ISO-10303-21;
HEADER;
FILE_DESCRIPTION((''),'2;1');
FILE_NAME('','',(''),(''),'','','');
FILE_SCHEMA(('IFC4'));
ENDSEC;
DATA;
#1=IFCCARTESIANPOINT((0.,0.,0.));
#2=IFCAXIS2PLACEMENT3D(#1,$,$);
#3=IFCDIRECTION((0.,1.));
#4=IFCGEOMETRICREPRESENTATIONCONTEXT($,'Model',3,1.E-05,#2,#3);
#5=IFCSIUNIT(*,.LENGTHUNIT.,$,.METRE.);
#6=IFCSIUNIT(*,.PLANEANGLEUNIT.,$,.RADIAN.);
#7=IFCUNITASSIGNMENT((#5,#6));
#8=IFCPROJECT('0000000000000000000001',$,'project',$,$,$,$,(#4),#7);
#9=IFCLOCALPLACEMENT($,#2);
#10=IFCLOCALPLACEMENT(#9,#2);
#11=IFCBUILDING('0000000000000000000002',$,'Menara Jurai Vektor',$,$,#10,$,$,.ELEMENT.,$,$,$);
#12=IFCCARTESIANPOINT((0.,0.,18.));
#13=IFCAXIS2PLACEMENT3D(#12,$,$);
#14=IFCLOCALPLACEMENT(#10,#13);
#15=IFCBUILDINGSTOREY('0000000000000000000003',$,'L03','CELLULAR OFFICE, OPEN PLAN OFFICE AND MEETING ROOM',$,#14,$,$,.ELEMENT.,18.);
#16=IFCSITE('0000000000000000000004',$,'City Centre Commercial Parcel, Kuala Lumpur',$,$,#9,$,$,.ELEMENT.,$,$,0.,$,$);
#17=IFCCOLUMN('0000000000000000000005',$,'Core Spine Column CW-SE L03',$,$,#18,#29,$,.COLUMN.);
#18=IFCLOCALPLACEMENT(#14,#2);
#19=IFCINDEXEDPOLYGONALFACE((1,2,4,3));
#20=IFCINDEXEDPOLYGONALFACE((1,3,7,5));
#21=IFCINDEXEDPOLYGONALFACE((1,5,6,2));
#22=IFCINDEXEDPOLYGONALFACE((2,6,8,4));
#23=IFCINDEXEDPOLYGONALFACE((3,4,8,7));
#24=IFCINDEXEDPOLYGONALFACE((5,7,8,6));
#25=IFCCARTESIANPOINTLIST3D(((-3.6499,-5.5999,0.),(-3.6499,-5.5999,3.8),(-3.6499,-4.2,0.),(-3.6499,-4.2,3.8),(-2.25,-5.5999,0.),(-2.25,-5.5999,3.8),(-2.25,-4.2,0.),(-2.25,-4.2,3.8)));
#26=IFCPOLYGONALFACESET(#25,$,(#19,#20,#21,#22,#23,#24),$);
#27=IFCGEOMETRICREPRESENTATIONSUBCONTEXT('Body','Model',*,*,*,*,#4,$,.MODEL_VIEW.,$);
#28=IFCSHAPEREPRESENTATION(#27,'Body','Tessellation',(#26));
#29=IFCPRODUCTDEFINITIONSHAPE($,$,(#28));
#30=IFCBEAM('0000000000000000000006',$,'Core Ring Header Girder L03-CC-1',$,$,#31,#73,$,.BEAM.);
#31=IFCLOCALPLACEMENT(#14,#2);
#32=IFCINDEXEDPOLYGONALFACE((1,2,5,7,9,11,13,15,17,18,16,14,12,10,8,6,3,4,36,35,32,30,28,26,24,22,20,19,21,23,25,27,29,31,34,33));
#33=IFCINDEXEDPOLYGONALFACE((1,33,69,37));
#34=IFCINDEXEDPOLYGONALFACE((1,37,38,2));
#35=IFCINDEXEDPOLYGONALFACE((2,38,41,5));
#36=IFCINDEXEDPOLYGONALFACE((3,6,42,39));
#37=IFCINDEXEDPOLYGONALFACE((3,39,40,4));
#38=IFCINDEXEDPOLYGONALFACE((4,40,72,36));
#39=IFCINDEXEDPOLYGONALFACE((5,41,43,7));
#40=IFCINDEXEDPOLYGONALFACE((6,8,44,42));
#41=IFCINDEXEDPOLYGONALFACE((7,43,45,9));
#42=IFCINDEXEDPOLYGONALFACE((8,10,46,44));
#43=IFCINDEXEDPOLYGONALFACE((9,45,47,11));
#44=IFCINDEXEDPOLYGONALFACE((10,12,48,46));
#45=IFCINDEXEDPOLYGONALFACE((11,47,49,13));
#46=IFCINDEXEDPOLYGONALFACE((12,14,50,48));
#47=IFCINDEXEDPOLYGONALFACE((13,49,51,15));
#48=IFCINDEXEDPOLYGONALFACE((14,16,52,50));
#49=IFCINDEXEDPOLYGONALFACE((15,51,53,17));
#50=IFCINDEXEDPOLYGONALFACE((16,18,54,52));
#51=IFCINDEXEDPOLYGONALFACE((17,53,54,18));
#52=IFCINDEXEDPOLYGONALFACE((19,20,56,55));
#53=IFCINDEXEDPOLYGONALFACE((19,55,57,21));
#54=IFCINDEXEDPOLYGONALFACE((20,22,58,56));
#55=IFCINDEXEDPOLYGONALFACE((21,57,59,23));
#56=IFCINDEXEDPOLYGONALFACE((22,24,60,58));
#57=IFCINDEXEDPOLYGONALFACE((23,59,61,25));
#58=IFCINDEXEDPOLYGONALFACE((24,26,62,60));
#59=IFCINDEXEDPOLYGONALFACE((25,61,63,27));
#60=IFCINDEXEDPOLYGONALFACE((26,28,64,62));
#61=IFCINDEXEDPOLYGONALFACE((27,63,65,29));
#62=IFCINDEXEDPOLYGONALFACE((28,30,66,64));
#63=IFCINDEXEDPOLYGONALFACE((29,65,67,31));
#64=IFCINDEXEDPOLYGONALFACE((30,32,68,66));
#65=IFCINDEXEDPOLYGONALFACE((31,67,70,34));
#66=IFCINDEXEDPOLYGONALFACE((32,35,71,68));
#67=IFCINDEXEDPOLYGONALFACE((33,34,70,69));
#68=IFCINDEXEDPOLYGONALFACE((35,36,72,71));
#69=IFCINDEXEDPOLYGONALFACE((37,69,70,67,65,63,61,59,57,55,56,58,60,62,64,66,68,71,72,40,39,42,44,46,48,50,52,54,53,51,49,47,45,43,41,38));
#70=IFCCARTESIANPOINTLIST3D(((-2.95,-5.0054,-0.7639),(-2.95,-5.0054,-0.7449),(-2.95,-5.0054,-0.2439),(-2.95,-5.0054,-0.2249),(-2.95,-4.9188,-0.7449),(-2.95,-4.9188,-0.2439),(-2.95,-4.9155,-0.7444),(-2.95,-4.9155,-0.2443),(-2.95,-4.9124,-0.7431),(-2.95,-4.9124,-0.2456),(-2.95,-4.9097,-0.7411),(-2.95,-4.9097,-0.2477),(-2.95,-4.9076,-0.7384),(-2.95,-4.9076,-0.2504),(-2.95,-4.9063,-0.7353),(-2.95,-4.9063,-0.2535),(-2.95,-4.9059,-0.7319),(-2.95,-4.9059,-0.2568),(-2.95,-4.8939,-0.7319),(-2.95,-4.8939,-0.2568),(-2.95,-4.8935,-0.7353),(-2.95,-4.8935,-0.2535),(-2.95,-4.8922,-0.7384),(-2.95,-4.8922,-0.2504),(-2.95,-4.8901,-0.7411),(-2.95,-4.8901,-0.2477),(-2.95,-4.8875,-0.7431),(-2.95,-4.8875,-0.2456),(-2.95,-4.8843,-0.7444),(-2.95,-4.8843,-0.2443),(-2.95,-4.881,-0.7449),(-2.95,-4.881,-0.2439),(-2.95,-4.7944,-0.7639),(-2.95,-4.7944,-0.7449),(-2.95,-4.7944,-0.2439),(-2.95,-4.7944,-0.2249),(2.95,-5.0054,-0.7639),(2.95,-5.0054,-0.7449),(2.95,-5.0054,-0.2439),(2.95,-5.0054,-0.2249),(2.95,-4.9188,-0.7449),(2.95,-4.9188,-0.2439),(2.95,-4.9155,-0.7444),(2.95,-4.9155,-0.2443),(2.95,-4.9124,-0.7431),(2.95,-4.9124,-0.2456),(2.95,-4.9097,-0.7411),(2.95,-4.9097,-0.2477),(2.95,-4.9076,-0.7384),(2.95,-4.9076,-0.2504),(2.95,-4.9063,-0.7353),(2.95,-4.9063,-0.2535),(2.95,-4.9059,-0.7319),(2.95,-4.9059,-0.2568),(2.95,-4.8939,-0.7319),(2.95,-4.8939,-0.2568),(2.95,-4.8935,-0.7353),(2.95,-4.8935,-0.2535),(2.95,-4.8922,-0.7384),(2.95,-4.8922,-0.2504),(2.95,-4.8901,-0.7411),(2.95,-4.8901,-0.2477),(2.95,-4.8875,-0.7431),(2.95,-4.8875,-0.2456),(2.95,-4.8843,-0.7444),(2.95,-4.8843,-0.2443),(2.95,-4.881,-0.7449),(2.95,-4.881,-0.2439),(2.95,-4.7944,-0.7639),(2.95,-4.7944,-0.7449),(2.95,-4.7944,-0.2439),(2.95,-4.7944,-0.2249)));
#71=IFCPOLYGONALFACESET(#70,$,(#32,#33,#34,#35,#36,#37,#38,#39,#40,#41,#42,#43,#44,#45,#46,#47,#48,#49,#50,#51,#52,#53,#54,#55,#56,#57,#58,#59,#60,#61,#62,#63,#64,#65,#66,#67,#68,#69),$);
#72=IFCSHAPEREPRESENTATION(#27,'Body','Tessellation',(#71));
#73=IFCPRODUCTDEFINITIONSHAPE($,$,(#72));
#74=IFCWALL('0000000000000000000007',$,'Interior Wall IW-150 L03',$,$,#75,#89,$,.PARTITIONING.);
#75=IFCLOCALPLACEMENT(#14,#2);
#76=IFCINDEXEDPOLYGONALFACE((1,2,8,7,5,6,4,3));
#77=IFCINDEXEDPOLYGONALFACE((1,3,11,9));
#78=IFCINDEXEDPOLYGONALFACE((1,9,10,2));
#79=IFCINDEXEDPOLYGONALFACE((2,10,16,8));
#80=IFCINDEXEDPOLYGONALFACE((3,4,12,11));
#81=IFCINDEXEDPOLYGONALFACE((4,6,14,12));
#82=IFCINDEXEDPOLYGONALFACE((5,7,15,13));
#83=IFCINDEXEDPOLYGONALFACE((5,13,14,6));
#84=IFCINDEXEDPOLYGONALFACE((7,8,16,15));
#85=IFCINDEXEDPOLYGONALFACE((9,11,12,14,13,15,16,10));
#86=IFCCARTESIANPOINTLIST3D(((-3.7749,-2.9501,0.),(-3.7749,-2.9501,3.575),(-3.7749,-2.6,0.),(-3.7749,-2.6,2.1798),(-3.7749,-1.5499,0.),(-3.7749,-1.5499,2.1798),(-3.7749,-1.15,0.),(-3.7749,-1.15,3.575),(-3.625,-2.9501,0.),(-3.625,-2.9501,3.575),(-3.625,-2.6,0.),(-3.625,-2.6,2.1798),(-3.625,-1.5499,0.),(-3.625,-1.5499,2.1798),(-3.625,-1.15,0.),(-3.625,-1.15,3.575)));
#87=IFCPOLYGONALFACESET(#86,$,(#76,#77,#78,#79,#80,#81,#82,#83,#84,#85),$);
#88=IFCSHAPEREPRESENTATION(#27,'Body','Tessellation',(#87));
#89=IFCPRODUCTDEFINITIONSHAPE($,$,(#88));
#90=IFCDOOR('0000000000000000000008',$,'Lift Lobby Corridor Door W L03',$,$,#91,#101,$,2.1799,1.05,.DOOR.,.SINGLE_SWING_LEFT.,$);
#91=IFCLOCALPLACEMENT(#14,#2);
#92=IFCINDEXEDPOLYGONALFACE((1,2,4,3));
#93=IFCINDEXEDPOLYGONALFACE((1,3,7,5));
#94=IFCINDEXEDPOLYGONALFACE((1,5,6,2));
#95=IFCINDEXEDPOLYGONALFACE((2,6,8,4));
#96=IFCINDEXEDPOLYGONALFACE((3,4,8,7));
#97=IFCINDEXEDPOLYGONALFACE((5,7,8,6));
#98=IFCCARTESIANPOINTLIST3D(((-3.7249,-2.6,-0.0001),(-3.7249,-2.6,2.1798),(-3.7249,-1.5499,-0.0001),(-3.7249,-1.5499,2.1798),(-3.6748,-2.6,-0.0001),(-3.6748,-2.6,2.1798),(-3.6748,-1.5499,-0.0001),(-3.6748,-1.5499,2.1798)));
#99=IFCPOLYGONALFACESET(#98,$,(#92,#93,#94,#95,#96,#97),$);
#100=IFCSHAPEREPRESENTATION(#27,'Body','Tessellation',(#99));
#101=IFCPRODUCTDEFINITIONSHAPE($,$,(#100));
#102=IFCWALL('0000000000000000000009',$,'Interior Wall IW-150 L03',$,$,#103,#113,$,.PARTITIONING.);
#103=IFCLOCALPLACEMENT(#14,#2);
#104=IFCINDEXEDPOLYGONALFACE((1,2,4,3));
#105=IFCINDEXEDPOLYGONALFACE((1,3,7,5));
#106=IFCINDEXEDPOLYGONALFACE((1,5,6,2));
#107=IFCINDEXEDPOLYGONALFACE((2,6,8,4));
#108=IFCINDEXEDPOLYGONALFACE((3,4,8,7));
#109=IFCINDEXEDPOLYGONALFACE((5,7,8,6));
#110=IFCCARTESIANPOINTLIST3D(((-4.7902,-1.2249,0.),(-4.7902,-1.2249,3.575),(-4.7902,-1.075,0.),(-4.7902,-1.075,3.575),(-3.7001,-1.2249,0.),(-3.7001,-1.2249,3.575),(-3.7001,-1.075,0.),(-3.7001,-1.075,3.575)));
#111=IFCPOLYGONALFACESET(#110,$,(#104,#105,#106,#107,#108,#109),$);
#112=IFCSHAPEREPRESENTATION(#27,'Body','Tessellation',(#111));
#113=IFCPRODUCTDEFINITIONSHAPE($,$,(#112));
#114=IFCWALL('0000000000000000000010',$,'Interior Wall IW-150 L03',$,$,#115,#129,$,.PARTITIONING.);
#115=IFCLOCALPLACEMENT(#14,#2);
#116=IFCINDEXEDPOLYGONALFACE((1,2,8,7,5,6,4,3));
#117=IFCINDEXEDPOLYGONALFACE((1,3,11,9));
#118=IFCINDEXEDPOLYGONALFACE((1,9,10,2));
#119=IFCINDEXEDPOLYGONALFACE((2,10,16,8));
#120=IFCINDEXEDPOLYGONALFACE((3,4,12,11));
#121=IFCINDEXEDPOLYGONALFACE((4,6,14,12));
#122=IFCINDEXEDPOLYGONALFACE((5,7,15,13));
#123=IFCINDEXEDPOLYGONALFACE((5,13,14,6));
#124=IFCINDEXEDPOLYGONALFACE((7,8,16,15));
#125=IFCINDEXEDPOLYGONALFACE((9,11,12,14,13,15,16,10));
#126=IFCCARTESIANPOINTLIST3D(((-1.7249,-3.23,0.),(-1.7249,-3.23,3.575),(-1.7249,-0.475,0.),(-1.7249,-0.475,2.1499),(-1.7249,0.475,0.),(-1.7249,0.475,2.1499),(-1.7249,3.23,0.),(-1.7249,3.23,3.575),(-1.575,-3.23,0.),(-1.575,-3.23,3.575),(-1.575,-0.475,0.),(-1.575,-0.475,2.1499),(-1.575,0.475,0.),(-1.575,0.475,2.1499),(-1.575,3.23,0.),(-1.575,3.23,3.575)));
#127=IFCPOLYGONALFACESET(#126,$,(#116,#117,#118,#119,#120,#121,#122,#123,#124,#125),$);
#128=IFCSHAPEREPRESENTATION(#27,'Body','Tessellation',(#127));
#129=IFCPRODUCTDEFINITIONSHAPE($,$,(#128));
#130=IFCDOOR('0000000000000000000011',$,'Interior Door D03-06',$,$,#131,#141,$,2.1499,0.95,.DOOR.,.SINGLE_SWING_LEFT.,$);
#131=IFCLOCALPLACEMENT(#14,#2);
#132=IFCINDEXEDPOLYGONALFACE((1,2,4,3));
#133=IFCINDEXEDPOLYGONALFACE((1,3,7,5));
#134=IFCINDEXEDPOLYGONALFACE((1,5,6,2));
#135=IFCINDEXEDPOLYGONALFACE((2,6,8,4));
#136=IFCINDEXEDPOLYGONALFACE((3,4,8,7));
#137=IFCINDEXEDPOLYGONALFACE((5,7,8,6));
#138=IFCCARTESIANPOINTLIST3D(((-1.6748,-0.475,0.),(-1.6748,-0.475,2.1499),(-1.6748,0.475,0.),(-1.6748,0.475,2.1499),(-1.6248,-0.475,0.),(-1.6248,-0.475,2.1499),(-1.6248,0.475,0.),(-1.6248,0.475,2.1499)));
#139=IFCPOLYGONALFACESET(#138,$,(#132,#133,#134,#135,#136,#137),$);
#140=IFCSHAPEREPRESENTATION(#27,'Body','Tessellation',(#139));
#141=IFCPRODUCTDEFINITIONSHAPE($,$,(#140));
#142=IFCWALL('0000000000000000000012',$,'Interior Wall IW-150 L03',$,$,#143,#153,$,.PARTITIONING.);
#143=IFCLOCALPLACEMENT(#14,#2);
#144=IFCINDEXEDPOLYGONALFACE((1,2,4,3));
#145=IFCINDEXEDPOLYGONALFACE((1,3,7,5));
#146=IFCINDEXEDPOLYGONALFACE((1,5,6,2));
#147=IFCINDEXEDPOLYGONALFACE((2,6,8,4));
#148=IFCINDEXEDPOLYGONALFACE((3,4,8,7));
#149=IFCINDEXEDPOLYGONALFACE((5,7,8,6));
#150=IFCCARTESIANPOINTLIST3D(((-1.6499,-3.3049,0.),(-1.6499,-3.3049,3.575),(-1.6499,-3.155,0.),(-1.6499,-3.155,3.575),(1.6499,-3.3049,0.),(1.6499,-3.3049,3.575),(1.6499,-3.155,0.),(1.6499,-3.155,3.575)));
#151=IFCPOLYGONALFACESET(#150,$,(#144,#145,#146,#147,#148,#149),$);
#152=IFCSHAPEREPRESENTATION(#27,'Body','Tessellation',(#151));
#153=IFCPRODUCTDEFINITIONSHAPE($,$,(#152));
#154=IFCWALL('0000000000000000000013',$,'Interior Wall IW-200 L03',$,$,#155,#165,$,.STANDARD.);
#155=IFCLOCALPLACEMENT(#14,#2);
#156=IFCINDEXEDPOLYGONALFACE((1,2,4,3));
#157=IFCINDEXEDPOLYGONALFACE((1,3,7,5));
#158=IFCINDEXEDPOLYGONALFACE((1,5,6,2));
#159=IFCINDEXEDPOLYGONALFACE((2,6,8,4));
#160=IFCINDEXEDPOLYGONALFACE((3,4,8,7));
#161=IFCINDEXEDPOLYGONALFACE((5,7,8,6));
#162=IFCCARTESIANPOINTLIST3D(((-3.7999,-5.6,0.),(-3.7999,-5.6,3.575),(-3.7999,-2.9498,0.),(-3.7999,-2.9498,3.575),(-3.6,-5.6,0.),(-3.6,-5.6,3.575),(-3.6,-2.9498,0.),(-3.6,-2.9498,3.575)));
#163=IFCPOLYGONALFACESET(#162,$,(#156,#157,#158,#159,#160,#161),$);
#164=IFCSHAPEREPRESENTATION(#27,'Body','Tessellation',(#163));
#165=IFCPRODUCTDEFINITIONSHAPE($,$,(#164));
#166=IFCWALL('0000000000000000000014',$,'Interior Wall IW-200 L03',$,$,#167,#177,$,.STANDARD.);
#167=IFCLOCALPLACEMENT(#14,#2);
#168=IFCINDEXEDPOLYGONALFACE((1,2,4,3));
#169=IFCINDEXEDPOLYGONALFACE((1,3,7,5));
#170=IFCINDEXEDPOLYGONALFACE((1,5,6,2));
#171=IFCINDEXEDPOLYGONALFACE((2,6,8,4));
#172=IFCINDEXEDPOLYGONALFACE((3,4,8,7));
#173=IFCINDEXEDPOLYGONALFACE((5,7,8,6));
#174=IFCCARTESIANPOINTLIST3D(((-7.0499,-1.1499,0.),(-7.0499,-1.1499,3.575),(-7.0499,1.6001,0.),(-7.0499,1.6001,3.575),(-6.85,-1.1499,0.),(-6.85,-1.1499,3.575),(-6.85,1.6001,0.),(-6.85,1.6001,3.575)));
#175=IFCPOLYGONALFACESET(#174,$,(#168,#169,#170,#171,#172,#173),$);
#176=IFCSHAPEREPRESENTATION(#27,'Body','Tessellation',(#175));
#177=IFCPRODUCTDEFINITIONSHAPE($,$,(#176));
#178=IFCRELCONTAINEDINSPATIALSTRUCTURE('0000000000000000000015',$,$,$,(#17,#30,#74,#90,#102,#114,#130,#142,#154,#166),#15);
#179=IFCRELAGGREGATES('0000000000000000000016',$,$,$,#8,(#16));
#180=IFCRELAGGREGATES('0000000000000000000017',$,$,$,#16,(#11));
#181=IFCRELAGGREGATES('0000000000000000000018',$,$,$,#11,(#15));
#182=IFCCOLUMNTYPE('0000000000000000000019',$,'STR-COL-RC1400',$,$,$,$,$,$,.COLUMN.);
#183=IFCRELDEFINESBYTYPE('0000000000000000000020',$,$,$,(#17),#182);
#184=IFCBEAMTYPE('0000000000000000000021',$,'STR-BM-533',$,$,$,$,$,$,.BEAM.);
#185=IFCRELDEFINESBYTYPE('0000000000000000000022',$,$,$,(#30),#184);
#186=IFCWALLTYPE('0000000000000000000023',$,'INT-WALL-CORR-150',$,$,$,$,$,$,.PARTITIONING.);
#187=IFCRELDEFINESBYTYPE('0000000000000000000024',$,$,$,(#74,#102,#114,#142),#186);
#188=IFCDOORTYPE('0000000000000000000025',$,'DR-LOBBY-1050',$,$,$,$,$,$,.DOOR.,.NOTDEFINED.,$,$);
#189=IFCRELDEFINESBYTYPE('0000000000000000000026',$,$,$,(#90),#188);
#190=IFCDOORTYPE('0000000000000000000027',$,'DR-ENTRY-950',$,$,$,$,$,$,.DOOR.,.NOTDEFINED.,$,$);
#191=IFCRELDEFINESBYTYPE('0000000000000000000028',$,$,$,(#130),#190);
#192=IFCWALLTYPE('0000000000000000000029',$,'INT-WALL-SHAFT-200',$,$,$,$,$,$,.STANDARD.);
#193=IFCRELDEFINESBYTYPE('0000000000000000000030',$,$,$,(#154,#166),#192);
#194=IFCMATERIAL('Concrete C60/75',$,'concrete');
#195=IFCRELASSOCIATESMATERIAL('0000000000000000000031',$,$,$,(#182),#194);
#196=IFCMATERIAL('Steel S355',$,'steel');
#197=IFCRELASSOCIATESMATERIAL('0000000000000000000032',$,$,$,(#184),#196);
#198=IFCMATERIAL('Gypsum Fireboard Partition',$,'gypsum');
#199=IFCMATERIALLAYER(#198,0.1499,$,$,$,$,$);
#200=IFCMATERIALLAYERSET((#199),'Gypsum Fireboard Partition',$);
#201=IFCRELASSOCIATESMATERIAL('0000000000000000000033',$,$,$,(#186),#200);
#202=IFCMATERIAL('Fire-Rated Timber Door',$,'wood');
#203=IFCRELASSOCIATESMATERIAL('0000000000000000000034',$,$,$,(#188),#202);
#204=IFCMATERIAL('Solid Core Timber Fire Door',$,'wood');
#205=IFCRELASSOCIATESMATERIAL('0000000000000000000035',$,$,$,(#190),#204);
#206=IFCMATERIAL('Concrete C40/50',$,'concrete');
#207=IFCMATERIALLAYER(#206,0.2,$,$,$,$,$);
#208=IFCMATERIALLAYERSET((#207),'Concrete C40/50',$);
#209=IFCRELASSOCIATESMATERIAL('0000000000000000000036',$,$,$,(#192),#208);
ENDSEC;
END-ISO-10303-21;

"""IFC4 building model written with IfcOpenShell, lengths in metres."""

from ifc_helpers import new_model, si_unit, direction, frame, frame_2d, origin, origin_2d, place, context, subcontext, project, spatial, rectangle, i_section, extrude, material, layer, layer_set, material_profile, profile_set, type_object, element, fill, save


model = new_model("IFC4")

# Units and contexts
model_context = context("Model", 3, precision=1e-05, world=origin(), true_north=direction((0.0, 1.0)))
body_context = subcontext(model_context, "Body", "Model", "MODEL_VIEW")
ifc_project = project(units=[si_unit("LENGTHUNIT", "METRE"), si_unit("PLANEANGLEUNIT", "RADIAN")], contexts=[model_context])

# Site, building, storey
site_placement = place(None, origin())
site = spatial("IfcSite", under=ifc_project, at=site_placement, Name="City Centre Commercial Parcel, Kuala Lumpur", CompositionType="ELEMENT", RefElevation=0.0)
building_placement = place(site_placement, origin())
building = spatial("IfcBuilding", under=site, at=building_placement, Name="Menara Jurai Vektor", CompositionType="ELEMENT")
storey_placement = place(building_placement, frame((0.0, 0.0, 18.0)))
storey = spatial("IfcBuildingStorey", under=building, at=storey_placement, Name="L03", Description="CELLULAR OFFICE, OPEN PLAN OFFICE AND MEETING ROOM", CompositionType="ELEMENT", Elevation=18.0)

# Column
ifc_material_1 = material(Name="Concrete C60/75", Category="concrete")
ifc_material_profile_1 = material_profile(ifc_material_1, rectangle(XDim=1.3999, YDim=1.3999, at=origin_2d()), Name="RC 1400x1400")
ifc_profile_set_1 = profile_set([ifc_material_profile_1], Name="Concrete C60/75")
column_type = type_object("IfcColumnType", Name="STR-COL-RC1400", PredefinedType="COLUMN", material=ifc_profile_set_1)
column_placement = place(storey_placement, frame((-2.95, -4.8999, 0.0), z_axis=(0.0, 0.0, 1.0), x_axis=(1.0, 0.0, 0.0)))
element("IfcColumn", 1, at=column_placement, inside=storey, type_object=column_type, Name="Core Spine Column CW-SE L03", PredefinedType="COLUMN", context=body_context, shape_type="SweptSolid", body=[
    extrude(rectangle(XDim=1.3999, YDim=1.3999, at=origin_2d()), origin(), (0.0, 0.0, 1.0), 3.8),
])

# Beam
ifc_material_2 = material(Name="Steel S355", Category="steel")
ifc_material_profile_2 = material_profile(ifc_material_2, i_section(OverallWidth=0.2109, OverallDepth=0.5391, WebThickness=0.012, FlangeThickness=0.019, FilletRadius=0.0129, at=origin_2d()), Name="UKB 533x210x109")
ifc_profile_set_2 = profile_set([ifc_material_profile_2], Name="Steel S355")
beam_type = type_object("IfcBeamType", Name="STR-BM-533", PredefinedType="BEAM", material=ifc_profile_set_2)
beam_placement = place(storey_placement, frame((-2.95, -4.8999, -0.4944), z_axis=(1.0, 0.0, 0.0), x_axis=(0.0, 1.0, 0.0)))
element("IfcBeam", 2, at=beam_placement, inside=storey, type_object=beam_type, Name="Core Ring Header Girder L03-CC-1", PredefinedType="BEAM", context=body_context, shape_type="SweptSolid", body=[
    extrude(i_section(OverallWidth=0.2109, OverallDepth=0.5391, WebThickness=0.012, FlangeThickness=0.019, FilletRadius=0.0129, at=origin_2d()), origin(), (0.0, 0.0, 1.0), 5.8999),
])

# Wall, opening, door
ifc_material_3 = material(Name="Gypsum Fireboard Partition", Category="gypsum")
ifc_layer_1 = layer(ifc_material_3, 0.1499)
ifc_layer_set_1 = layer_set([ifc_layer_1], Name="Gypsum Fireboard Partition")
wall_type_1 = type_object("IfcWallType", Name="INT-WALL-CORR-150", PredefinedType="PARTITIONING", material=ifc_layer_set_1)
wall_1_placement = place(storey_placement, frame((-3.7, -2.95, 0.0), z_axis=(0.0, 0.0, 1.0), x_axis=(0.0, 1.0, 0.0)))
wall_1 = element("IfcWall", 3, at=wall_1_placement, inside=storey, type_object=wall_type_1, Name="Interior Wall IW-150 L03", PredefinedType="PARTITIONING", context=body_context, shape_type="SweptSolid", body=[
    extrude(rectangle(XDim=1.8, YDim=0.1499, at=frame_2d((0.8999, 0.0))), origin(), (0.0, 0.0, 1.0), 3.575),
])
opening_1_placement = place(wall_1_placement, frame((0.3501, 0.0, 0.0)))
opening_1 = element("IfcOpeningElement", 4, at=opening_1_placement, cuts=wall_1, PredefinedType="OPENING", context=body_context, shape_type="SweptSolid", body=[
    extrude(rectangle(XDim=1.05, YDim=2.1799, at=frame_2d((0.5249, 1.0898))), frame((0.0, 0.085, 0.0), z_axis=(0.0, -1.0, 0.0), x_axis=(1.0, 0.0, 0.0)), (0.0, 0.0, 1.0), 0.1699),
])
ifc_material_4 = material(Name="Fire-Rated Timber Door", Category="wood")
door_type_1 = type_object("IfcDoorType", Name="DR-LOBBY-1050", OperationType="NOTDEFINED", PredefinedType="DOOR", material=ifc_material_4)
door_1_placement = place(opening_1_placement, origin())
door_1 = element("IfcDoor", 5, at=door_1_placement, inside=storey, type_object=door_type_1, Name="Lift Lobby Corridor Door W L03", OperationType="SINGLE_SWING_LEFT", OverallHeight=2.1799, OverallWidth=1.05, PredefinedType="DOOR", context=body_context, shape_type="SweptSolid", body=[
    extrude(rectangle(XDim=1.05, YDim=2.1799, at=frame_2d((0.5249, 1.0898))), frame((0.0, 0.0249, 0.0), z_axis=(0.0, -1.0, 0.0), x_axis=(1.0, 0.0, 0.0)), (0.0, 0.0, 1.0), 0.05),
])
fill(opening_1, door_1)

# Wall
wall_2_placement = place(storey_placement, frame((-4.79, -1.1499, 0.0), z_axis=(0.0, 0.0, 1.0), x_axis=(1.0, 0.0, 0.0)))
element("IfcWall", 6, at=wall_2_placement, inside=storey, type_object=wall_type_1, Name="Interior Wall IW-150 L03", PredefinedType="PARTITIONING", context=body_context, shape_type="SweptSolid", body=[
    extrude(rectangle(XDim=1.0901, YDim=0.1499, at=frame_2d((0.5449, 0.0))), origin(), (0.0, 0.0, 1.0), 3.575),
])

# Wall, opening, door
wall_3_placement = place(storey_placement, frame((-1.6499, -3.23, 0.0), z_axis=(0.0, 0.0, 1.0), x_axis=(0.0, 1.0, 0.0)))
wall_3 = element("IfcWall", 7, at=wall_3_placement, inside=storey, type_object=wall_type_1, Name="Interior Wall IW-150 L03", PredefinedType="PARTITIONING", context=body_context, shape_type="SweptSolid", body=[
    extrude(rectangle(XDim=6.46, YDim=0.1499, at=frame_2d((3.23, 0.0))), origin(), (0.0, 0.0, 1.0), 3.575),
])
opening_2_placement = place(wall_3_placement, frame((2.7549, 0.0, 0.0)))
opening_2 = element("IfcOpeningElement", 8, at=opening_2_placement, cuts=wall_3, PredefinedType="OPENING", context=body_context, shape_type="SweptSolid", body=[
    extrude(rectangle(XDim=0.95, YDim=2.1499, at=frame_2d((0.4751, 1.075))), frame((0.0, 0.085, 0.0), z_axis=(0.0, -1.0, 0.0), x_axis=(1.0, 0.0, 0.0)), (0.0, 0.0, 1.0), 0.1699),
])
ifc_material_5 = material(Name="Solid Core Timber Fire Door", Category="wood")
door_type_2 = type_object("IfcDoorType", Name="DR-ENTRY-950", OperationType="NOTDEFINED", PredefinedType="DOOR", material=ifc_material_5)
door_2_placement = place(opening_2_placement, origin())
door_2 = element("IfcDoor", 9, at=door_2_placement, inside=storey, type_object=door_type_2, Name="Interior Door D03-06", OperationType="SINGLE_SWING_LEFT", OverallHeight=2.1499, OverallWidth=0.95, PredefinedType="DOOR", context=body_context, shape_type="SweptSolid", body=[
    extrude(rectangle(XDim=0.95, YDim=2.1499, at=frame_2d((0.4751, 1.075))), frame((0.0, 0.0249, 0.0), z_axis=(0.0, -1.0, 0.0), x_axis=(1.0, 0.0, 0.0)), (0.0, 0.0, 1.0), 0.05),
])
fill(opening_2, door_2)

# Wall
wall_4_placement = place(storey_placement, frame((-1.6499, -3.23, 0.0), z_axis=(0.0, 0.0, 1.0), x_axis=(1.0, 0.0, 0.0)))
element("IfcWall", 10, at=wall_4_placement, inside=storey, type_object=wall_type_1, Name="Interior Wall IW-150 L03", PredefinedType="PARTITIONING", context=body_context, shape_type="SweptSolid", body=[
    extrude(rectangle(XDim=3.2998, YDim=0.1499, at=frame_2d((1.6499, 0.0))), origin(), (0.0, 0.0, 1.0), 3.575),
])

# Shared definitions
ifc_material_6 = material(Name="Concrete C40/50", Category="concrete")
ifc_layer_2 = layer(ifc_material_6, 0.2)
ifc_layer_set_2 = layer_set([ifc_layer_2], Name="Concrete C40/50")
wall_type_2 = type_object("IfcWallType", Name="INT-WALL-SHAFT-200", PredefinedType="STANDARD", material=ifc_layer_set_2)

# Walls
wall_5_placement = place(storey_placement, frame((-3.7, -5.6001, 0.0), z_axis=(0.0, 0.0, 1.0), x_axis=(0.0, 1.0, 0.0)))
element("IfcWall", 11, at=wall_5_placement, inside=storey, type_object=wall_type_2, Name="Interior Wall IW-200 L03", PredefinedType="STANDARD", context=body_context, shape_type="SweptSolid", body=[
    extrude(rectangle(XDim=2.6501, YDim=0.2, at=frame_2d((1.3252, 0.0))), origin(), (0.0, 0.0, 1.0), 3.575),
])
for number, where, z_axis, x_axis, name in (
    (12, (-6.95, -1.1499, 0.0), (0.0, 0.0, 1.0), (0.0, 1.0, 0.0), "Interior Wall IW-200 L03"),
):
    element("IfcWall", number, at=place(storey_placement, frame(where, z_axis=z_axis, x_axis=x_axis)), inside=storey, type_object=wall_type_2, Name=name, PredefinedType="STANDARD", context=body_context, shape_type="SweptSolid", body=[
        extrude(rectangle(XDim=2.75, YDim=0.2, at=frame_2d((1.375, 0.0))), origin(), (0.0, 0.0, 1.0), 3.575),
    ])

save(model, "model.ifc")
